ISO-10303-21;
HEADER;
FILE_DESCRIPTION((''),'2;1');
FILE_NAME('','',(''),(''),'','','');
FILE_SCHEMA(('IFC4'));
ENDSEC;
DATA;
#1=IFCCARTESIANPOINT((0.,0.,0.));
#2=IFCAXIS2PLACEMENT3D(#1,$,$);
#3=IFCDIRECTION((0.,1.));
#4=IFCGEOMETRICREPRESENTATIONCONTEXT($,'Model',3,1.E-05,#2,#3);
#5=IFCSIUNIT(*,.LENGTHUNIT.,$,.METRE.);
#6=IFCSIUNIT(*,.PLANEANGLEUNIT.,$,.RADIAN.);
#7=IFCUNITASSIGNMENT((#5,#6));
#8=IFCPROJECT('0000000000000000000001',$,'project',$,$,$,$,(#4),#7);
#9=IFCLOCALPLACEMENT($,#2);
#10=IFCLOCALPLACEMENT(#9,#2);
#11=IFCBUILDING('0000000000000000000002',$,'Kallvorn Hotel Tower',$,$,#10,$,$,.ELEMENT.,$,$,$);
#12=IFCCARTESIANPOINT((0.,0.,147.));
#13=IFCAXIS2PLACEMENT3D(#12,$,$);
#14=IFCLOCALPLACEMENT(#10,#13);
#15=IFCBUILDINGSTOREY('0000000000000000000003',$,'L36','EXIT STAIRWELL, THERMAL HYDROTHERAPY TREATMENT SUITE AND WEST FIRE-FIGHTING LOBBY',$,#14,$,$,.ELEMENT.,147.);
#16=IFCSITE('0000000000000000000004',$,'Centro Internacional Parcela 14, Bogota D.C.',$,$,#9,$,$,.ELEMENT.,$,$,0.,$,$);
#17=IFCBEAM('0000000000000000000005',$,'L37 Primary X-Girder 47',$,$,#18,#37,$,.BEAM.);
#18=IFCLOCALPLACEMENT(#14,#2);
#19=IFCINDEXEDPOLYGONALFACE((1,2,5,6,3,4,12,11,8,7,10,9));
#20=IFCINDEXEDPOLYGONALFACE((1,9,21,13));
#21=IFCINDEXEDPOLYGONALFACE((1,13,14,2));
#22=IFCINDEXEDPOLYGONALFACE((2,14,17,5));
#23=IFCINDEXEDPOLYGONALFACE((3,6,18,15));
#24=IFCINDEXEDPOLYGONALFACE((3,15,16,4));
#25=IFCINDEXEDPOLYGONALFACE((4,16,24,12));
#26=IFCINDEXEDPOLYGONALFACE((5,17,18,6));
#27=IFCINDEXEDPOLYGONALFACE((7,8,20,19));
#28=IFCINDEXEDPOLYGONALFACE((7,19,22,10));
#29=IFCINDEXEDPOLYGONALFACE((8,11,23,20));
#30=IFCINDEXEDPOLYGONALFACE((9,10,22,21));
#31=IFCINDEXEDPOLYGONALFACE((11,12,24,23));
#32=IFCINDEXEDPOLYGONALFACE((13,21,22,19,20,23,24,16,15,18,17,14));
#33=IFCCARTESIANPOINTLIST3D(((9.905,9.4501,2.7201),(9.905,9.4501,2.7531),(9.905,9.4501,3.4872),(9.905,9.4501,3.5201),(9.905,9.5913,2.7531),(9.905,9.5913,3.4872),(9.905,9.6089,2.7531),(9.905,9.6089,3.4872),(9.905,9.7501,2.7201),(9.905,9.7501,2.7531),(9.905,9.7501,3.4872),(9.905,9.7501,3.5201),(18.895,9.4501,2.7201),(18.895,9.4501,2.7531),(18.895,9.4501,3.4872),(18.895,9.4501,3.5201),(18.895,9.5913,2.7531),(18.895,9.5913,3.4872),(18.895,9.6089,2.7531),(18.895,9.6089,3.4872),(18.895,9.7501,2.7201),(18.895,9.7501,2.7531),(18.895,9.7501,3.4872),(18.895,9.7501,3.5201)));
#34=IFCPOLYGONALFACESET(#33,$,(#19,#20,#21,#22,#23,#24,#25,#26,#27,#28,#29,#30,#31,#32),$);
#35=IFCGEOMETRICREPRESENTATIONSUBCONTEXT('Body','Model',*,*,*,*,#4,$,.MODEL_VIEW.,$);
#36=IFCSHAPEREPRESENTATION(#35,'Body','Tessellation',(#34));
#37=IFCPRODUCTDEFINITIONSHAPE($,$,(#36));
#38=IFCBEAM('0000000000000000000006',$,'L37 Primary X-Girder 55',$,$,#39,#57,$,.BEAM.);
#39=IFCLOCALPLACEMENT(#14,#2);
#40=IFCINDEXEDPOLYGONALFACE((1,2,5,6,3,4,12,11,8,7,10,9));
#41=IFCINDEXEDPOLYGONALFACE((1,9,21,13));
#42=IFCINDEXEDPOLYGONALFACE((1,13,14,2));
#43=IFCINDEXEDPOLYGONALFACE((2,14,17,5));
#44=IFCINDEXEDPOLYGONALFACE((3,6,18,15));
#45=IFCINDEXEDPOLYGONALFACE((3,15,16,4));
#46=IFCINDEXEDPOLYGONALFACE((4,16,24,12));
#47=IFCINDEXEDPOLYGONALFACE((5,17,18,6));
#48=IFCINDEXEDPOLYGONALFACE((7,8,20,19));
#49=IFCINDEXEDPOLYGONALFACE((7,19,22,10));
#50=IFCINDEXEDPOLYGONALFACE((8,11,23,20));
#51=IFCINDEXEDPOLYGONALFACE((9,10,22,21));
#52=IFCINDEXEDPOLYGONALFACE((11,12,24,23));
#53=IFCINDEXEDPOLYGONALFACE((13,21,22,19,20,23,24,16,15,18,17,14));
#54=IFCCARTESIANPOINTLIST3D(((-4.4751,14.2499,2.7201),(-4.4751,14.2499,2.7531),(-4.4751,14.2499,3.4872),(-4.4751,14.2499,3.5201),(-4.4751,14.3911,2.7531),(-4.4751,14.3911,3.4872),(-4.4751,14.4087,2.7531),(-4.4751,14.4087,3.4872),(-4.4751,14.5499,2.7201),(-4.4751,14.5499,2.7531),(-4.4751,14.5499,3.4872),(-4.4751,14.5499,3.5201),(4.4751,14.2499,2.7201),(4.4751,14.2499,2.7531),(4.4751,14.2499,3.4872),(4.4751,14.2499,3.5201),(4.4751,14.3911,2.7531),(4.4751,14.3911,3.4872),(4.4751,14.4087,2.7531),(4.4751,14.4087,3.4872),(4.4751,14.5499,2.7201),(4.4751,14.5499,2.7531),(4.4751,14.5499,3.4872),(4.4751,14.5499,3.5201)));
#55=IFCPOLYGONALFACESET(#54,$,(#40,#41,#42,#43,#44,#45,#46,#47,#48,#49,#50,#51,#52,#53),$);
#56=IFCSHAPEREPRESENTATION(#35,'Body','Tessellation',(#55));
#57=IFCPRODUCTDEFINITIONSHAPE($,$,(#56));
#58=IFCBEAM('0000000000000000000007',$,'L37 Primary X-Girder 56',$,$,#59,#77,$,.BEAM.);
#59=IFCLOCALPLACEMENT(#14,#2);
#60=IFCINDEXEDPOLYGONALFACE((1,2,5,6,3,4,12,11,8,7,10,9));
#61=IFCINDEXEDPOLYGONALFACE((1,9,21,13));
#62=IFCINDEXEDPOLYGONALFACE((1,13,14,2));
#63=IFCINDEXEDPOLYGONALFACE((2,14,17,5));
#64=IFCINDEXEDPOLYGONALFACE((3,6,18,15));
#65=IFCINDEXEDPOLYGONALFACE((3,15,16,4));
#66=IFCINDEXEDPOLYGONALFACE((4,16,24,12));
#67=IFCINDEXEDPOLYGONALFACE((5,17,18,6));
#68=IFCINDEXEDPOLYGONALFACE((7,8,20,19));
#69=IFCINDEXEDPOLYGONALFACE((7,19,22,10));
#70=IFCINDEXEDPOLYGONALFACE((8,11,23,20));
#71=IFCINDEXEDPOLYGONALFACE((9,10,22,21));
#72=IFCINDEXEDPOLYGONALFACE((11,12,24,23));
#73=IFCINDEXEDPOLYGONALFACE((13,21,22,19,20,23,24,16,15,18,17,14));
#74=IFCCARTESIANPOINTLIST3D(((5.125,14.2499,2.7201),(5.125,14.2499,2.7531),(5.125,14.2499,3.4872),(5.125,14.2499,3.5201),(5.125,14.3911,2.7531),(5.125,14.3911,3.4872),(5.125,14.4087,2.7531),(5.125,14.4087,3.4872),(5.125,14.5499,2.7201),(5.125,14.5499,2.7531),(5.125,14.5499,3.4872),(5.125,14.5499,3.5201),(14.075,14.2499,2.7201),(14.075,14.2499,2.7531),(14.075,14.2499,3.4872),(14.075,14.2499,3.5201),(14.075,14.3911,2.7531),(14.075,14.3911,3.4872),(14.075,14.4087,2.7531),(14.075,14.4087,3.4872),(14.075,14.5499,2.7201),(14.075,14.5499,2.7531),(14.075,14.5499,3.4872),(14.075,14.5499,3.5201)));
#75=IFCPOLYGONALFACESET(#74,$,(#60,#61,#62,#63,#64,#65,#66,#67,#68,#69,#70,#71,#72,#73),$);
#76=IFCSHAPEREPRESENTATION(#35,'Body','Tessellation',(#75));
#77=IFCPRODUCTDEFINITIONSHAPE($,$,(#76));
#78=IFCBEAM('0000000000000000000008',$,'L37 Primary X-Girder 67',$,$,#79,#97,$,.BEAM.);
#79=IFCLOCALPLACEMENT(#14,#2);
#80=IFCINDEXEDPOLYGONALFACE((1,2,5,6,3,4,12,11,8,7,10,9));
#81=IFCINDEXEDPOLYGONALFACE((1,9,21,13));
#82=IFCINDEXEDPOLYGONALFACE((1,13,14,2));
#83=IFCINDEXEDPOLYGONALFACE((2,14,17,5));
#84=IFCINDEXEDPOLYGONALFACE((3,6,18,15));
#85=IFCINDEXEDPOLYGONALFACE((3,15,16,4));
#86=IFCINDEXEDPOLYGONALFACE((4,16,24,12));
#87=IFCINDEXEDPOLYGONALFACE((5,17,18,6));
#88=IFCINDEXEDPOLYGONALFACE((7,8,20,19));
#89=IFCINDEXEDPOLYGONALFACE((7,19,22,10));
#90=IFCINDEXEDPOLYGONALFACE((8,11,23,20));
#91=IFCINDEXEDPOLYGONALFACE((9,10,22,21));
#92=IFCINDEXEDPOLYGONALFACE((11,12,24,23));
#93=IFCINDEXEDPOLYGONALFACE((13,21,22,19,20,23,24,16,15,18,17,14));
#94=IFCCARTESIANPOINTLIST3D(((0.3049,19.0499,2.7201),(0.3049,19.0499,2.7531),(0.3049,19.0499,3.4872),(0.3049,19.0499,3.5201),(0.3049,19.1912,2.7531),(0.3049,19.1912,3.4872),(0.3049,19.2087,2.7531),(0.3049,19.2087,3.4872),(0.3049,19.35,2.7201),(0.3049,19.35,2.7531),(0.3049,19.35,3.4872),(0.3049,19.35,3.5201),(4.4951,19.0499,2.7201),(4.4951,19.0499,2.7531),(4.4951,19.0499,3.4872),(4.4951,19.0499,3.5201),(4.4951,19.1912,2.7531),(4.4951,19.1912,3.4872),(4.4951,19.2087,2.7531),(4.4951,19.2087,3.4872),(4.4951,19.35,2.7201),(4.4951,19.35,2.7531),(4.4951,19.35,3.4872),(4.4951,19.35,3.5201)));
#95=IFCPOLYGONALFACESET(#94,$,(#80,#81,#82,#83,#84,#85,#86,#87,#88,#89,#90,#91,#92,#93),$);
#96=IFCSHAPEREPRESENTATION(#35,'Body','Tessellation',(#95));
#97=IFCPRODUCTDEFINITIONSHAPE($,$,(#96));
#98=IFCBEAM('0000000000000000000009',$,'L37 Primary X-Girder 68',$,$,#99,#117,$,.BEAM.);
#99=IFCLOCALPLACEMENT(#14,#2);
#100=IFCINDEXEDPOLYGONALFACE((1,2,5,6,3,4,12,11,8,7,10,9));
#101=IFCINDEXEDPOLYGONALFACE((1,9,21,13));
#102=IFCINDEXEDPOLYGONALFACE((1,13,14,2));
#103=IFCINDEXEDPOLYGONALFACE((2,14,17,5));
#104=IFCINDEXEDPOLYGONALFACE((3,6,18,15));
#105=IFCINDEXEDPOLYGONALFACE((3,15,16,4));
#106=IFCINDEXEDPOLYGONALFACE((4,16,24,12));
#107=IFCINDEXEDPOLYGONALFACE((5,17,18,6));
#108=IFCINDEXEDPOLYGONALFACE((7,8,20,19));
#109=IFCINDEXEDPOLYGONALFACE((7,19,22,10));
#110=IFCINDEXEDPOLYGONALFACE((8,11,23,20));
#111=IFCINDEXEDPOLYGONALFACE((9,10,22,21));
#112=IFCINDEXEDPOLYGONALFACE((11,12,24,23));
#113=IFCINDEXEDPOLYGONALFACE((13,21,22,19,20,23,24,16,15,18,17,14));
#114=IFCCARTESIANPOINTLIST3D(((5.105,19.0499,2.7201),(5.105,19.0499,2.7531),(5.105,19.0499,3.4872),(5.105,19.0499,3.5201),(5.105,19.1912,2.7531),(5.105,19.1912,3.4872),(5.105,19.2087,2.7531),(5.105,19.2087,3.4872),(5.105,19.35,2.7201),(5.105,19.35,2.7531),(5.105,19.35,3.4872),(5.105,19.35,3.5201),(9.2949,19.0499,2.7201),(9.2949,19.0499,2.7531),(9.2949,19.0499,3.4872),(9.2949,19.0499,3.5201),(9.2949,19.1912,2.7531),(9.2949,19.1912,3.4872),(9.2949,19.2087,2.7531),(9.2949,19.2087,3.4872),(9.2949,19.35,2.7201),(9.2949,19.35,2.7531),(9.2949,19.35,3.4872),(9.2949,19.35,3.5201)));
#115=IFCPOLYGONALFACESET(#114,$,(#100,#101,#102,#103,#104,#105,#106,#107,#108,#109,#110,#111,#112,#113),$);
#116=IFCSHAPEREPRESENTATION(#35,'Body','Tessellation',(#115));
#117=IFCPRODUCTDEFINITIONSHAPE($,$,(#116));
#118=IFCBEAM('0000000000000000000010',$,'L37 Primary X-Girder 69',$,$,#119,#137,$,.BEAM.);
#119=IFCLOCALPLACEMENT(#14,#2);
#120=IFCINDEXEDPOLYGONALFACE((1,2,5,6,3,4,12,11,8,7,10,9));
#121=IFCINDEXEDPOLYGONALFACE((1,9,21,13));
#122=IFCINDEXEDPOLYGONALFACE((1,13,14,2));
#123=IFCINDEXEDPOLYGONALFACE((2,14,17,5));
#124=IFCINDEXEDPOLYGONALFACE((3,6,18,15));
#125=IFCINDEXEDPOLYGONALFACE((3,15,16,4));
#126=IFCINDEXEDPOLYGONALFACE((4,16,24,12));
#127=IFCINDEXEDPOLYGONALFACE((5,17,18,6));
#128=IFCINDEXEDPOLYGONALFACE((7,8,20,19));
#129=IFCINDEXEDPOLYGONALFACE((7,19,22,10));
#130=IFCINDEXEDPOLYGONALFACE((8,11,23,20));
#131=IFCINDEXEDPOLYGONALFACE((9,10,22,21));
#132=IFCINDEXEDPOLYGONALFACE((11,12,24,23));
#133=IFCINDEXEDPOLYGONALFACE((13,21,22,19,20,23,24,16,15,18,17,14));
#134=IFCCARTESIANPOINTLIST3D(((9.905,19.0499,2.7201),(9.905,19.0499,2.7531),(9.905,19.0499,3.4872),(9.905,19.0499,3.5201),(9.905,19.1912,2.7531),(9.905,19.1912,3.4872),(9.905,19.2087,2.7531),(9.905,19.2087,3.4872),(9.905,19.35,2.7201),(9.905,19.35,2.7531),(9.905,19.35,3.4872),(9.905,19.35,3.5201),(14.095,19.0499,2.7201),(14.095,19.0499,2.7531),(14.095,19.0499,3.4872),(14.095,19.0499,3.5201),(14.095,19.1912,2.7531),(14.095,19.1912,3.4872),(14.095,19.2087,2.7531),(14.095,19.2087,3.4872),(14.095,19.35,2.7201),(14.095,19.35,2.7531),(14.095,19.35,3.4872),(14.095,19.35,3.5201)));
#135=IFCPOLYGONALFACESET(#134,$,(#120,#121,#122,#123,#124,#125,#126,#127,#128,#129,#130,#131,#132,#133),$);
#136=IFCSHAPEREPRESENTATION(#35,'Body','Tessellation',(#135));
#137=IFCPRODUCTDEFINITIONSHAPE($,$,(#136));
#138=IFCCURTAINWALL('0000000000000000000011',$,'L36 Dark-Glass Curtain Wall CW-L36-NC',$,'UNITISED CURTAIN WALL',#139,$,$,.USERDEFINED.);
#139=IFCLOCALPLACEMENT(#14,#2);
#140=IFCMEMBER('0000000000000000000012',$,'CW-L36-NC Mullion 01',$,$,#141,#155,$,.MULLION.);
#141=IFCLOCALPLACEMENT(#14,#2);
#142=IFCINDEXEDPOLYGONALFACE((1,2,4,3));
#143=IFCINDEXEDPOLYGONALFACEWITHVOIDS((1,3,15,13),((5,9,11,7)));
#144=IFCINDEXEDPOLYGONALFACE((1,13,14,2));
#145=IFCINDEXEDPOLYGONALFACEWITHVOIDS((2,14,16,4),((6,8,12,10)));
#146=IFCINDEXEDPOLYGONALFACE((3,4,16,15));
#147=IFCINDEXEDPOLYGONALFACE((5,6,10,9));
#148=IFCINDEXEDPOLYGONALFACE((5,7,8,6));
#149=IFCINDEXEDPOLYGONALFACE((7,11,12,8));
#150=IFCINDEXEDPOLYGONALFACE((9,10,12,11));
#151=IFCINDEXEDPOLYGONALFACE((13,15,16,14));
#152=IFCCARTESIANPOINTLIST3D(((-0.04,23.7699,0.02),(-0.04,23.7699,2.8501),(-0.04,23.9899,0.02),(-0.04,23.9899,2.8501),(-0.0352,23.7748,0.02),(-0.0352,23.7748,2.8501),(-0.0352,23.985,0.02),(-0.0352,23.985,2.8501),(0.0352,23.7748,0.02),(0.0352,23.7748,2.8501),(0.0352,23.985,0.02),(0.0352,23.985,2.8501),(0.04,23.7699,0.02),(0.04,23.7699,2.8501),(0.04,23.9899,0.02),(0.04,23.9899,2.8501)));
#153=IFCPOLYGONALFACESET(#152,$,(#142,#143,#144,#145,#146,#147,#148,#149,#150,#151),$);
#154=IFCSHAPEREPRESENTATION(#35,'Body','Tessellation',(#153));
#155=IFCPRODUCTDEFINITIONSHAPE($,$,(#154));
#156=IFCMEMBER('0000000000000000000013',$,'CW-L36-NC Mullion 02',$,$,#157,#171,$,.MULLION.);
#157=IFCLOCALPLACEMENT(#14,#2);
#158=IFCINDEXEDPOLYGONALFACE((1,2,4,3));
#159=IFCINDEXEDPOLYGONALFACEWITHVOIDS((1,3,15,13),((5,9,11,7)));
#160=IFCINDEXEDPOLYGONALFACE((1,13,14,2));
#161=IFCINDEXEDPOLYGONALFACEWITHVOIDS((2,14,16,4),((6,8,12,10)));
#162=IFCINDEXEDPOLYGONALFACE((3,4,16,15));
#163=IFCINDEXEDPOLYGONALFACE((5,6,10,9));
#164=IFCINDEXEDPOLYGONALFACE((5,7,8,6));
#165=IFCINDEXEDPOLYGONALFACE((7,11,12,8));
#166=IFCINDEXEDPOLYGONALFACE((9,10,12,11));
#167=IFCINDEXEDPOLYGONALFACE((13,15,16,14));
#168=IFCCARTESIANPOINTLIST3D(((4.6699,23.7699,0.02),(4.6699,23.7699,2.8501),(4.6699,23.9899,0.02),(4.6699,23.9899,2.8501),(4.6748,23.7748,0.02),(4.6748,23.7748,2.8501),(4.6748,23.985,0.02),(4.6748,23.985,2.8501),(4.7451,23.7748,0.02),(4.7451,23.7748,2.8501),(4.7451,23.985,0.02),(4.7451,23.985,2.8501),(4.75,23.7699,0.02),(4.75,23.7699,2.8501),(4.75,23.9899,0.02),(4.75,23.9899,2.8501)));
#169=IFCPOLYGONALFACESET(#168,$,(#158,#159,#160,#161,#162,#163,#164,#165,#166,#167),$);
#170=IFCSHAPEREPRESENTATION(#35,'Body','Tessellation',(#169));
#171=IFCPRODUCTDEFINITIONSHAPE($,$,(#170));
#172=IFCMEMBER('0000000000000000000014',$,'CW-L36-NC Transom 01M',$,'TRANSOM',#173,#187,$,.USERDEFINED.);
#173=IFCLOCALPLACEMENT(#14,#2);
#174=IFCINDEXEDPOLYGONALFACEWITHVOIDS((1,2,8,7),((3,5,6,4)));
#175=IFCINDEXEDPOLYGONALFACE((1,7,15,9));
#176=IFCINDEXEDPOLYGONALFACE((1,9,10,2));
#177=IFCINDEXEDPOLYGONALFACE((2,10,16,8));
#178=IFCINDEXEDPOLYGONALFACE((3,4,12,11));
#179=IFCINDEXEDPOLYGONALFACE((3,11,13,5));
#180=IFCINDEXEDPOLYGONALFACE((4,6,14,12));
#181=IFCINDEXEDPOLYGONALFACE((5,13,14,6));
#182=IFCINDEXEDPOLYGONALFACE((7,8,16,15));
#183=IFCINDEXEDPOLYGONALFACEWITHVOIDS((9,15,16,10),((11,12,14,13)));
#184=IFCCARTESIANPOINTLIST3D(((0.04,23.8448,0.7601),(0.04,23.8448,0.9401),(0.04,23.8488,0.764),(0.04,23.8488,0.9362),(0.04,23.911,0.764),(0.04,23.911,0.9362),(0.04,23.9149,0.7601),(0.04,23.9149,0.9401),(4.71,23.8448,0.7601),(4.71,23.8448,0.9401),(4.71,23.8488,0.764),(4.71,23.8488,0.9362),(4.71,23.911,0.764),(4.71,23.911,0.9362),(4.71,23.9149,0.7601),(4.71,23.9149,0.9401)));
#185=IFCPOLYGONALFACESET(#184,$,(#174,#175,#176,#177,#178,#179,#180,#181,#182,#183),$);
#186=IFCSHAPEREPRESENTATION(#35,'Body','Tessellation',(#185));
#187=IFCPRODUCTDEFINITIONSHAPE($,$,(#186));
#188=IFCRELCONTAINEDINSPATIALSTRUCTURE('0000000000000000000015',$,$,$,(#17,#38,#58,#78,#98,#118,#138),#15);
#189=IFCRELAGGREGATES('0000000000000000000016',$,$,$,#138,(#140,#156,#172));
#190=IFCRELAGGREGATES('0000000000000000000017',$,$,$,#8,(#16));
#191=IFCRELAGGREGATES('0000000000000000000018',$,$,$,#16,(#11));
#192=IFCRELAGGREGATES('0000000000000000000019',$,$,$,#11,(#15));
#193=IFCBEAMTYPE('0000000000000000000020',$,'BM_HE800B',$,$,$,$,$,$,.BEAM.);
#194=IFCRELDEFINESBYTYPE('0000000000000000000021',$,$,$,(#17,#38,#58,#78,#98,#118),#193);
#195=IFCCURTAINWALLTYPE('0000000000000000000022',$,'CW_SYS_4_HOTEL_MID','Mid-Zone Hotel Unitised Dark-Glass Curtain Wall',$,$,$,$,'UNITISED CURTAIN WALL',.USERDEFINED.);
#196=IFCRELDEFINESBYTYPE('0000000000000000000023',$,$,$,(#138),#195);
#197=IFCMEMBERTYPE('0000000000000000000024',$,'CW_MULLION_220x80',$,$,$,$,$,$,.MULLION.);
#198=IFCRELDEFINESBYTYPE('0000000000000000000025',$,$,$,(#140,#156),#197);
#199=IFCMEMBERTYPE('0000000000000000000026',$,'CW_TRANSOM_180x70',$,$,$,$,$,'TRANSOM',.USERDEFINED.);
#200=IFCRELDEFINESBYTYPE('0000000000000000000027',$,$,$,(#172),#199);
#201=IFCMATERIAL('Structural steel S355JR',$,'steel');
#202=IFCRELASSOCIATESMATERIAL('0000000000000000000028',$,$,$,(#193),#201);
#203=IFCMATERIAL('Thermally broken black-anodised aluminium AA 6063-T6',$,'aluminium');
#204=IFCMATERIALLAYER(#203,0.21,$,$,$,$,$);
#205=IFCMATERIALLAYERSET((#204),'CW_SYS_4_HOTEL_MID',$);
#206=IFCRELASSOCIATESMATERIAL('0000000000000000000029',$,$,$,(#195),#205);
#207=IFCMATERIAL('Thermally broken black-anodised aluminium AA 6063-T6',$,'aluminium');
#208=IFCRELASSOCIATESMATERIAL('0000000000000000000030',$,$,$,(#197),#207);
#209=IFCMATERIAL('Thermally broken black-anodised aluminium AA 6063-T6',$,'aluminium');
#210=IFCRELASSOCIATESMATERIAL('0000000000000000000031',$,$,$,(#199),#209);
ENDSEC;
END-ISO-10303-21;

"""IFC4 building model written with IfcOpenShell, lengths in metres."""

from ifc_helpers import new_model, si_unit, direction, frame, origin, origin_2d, place, context, subcontext, project, spatial, hollow_rectangle, i_section, extrude, material, layer, layer_set, material_profile, profile_set, type_object, element, aggregate, save


model = new_model("IFC4")

# Units and contexts
model_context = context("Model", 3, precision=1e-05, world=origin(), true_north=direction((0.0, 1.0)))
body_context = subcontext(model_context, "Body", "Model", "MODEL_VIEW")
ifc_project = project(units=[si_unit("LENGTHUNIT", "METRE"), si_unit("PLANEANGLEUNIT", "RADIAN")], contexts=[model_context])

# Site, building, storey
site_placement = place(None, origin())
site = spatial("IfcSite", under=ifc_project, at=site_placement, Name="Centro Internacional Parcela 14, Bogota D.C.", CompositionType="ELEMENT", RefElevation=0.0)
building_placement = place(site_placement, origin())
building = spatial("IfcBuilding", under=site, at=building_placement, Name="Kallvorn Hotel Tower", CompositionType="ELEMENT")
storey_placement = place(building_placement, frame((0.0, 0.0, 147.0)))
storey = spatial("IfcBuildingStorey", under=building, at=storey_placement, Name="L36", Description="EXIT STAIRWELL, THERMAL HYDROTHERAPY TREATMENT SUITE AND WEST FIRE-FIGHTING LOBBY", CompositionType="ELEMENT", Elevation=147.0)

# Beams
ifc_material_1 = material(Name="Structural steel S355JR", Category="steel")
ifc_material_profile_1 = material_profile(ifc_material_1, i_section(OverallWidth=0.3, OverallDepth=0.8, WebThickness=0.0176, FlangeThickness=0.033, at=origin_2d()), Name="HE 800 B")
ifc_profile_set_1 = profile_set([ifc_material_profile_1], Name="Structural steel S355JR")
beam_type_1 = type_object("IfcBeamType", Name="BM_HE800B", PredefinedType="BEAM", material=ifc_profile_set_1)
beam_1_placement = place(storey_placement, frame((9.905, 9.6001, 3.1201), z_axis=(1.0, 0.0, 0.0), x_axis=(0.0, 1.0, 0.0)))
element("IfcBeam", 1, at=beam_1_placement, inside=storey, type_object=beam_type_1, Name="L37 Primary X-Girder 47", PredefinedType="BEAM", context=body_context, shape_type="SweptSolid", body=[
    extrude(i_section(OverallWidth=0.3, OverallDepth=0.8, WebThickness=0.0176, FlangeThickness=0.033, at=origin_2d()), origin(), (0.0, 0.0, 1.0), 8.99),
])
beam_2_placement = place(storey_placement, frame((-4.4751, 14.3999, 3.1201), z_axis=(1.0, 0.0, 0.0), x_axis=(0.0, 1.0, 0.0)))
element("IfcBeam", 2, at=beam_2_placement, inside=storey, type_object=beam_type_1, Name="L37 Primary X-Girder 55", PredefinedType="BEAM", context=body_context, shape_type="SweptSolid", body=[
    extrude(i_section(OverallWidth=0.3, OverallDepth=0.8, WebThickness=0.0176, FlangeThickness=0.033, at=origin_2d()), origin(), (0.0, 0.0, 1.0), 8.9502),
])
beam_3_placement = place(storey_placement, frame((5.125, 14.3999, 3.1201), z_axis=(1.0, 0.0, 0.0), x_axis=(0.0, 1.0, 0.0)))
element("IfcBeam", 3, at=beam_3_placement, inside=storey, type_object=beam_type_1, Name="L37 Primary X-Girder 56", PredefinedType="BEAM", context=body_context, shape_type="SweptSolid", body=[
    extrude(i_section(OverallWidth=0.3, OverallDepth=0.8, WebThickness=0.0176, FlangeThickness=0.033, at=origin_2d()), origin(), (0.0, 0.0, 1.0), 8.95),
])
beam_4_placement = place(storey_placement, frame((0.3049, 19.2, 3.1201), z_axis=(1.0, 0.0, 0.0), x_axis=(0.0, 1.0, 0.0)))
element("IfcBeam", 4, at=beam_4_placement, inside=storey, type_object=beam_type_1, Name="L37 Primary X-Girder 67", PredefinedType="BEAM", context=body_context, shape_type="SweptSolid", body=[
    extrude(i_section(OverallWidth=0.3, OverallDepth=0.8, WebThickness=0.0176, FlangeThickness=0.033, at=origin_2d()), origin(), (0.0, 0.0, 1.0), 4.1902),
])
for number, where, z_axis, x_axis, name in (
    (5, (5.105, 19.2, 3.1201), (1.0, 0.0, 0.0), (0.0, 1.0, 0.0), "L37 Primary X-Girder 68"),
    (6, (9.905, 19.2, 3.1201), (1.0, 0.0, 0.0), (0.0, 1.0, 0.0), "L37 Primary X-Girder 69"),
):
    element("IfcBeam", number, at=place(storey_placement, frame(where, z_axis=z_axis, x_axis=x_axis)), inside=storey, type_object=beam_type_1, Name=name, PredefinedType="BEAM", context=body_context, shape_type="SweptSolid", body=[
        extrude(i_section(OverallWidth=0.3, OverallDepth=0.8, WebThickness=0.0176, FlangeThickness=0.033, at=origin_2d()), origin(), (0.0, 0.0, 1.0), 4.1899),
    ])

# Curtain wall, members
ifc_material_2 = material(Name="Thermally broken black-anodised aluminium AA 6063-T6", Category="aluminium")
ifc_layer_1 = layer(ifc_material_2, 0.21)
ifc_layer_set_1 = layer_set([ifc_layer_1], Name="CW_SYS_4_HOTEL_MID")
curtain_wall_type = type_object("IfcCurtainWallType", Name="CW_SYS_4_HOTEL_MID", Description="Mid-Zone Hotel Unitised Dark-Glass Curtain Wall", ElementType="UNITISED CURTAIN WALL", PredefinedType="USERDEFINED", material=ifc_layer_set_1)
curtain_wall_placement = place(storey_placement, origin())
curtain_wall = element("IfcCurtainWall", 7, at=curtain_wall_placement, inside=storey, type_object=curtain_wall_type, Name="L36 Dark-Glass Curtain Wall CW-L36-NC", ObjectType="UNITISED CURTAIN WALL", PredefinedType="USERDEFINED")
ifc_material_3 = material(Name="Thermally broken black-anodised aluminium AA 6063-T6", Category="aluminium")
ifc_material_profile_2 = material_profile(ifc_material_3, hollow_rectangle(XDim=0.0801, YDim=0.22, WallThickness=0.0049, at=origin_2d()), Name="MUL 220x80")
ifc_profile_set_2 = profile_set([ifc_material_profile_2], Name="Thermally broken black-anodised aluminium AA 6063-T6")
member_type_1 = type_object("IfcMemberType", Name="CW_MULLION_220x80", PredefinedType="MULLION", material=ifc_profile_set_2)
member_1_placement = place(storey_placement, frame((0.0, 23.8799, 0.02), z_axis=(0.0, 0.0, 1.0), x_axis=(1.0, 0.0, 0.0)))
member_1 = element("IfcMember", 8, at=member_1_placement, type_object=member_type_1, Name="CW-L36-NC Mullion 01", PredefinedType="MULLION", context=body_context, shape_type="SweptSolid", body=[
    extrude(hollow_rectangle(XDim=0.0801, YDim=0.22, WallThickness=0.0049, at=origin_2d()), origin(), (0.0, 0.0, 1.0), 2.8301),
])
member_2_placement = place(storey_placement, frame((4.71, 23.8799, 0.02), z_axis=(0.0, 0.0, 1.0), x_axis=(1.0, 0.0, 0.0)))
member_2 = element("IfcMember", 9, at=member_2_placement, type_object=member_type_1, Name="CW-L36-NC Mullion 02", PredefinedType="MULLION", context=body_context, shape_type="SweptSolid", body=[
    extrude(hollow_rectangle(XDim=0.0801, YDim=0.22, WallThickness=0.0049, at=origin_2d()), origin(), (0.0, 0.0, 1.0), 2.8301),
])
ifc_material_4 = material(Name="Thermally broken black-anodised aluminium AA 6063-T6", Category="aluminium")
ifc_material_profile_3 = material_profile(ifc_material_4, hollow_rectangle(XDim=0.0701, YDim=0.1799, WallThickness=0.0039, at=origin_2d()), Name="TRN 180x70")
ifc_profile_set_3 = profile_set([ifc_material_profile_3], Name="Thermally broken black-anodised aluminium AA 6063-T6")
member_type_2 = type_object("IfcMemberType", Name="CW_TRANSOM_180x70", ElementType="TRANSOM", PredefinedType="USERDEFINED", material=ifc_profile_set_3)
member_3_placement = place(storey_placement, frame((0.04, 23.8799, 0.8501), z_axis=(1.0, 0.0, 0.0), x_axis=(0.0, 1.0, 0.0)))
member_3 = element("IfcMember", 10, at=member_3_placement, type_object=member_type_2, Name="CW-L36-NC Transom 01M", ObjectType="TRANSOM", PredefinedType="USERDEFINED", context=body_context, shape_type="SweptSolid", body=[
    extrude(hollow_rectangle(XDim=0.0701, YDim=0.1799, WallThickness=0.0039, at=origin_2d()), origin(), (0.0, 0.0, 1.0), 4.6699),
])
aggregate(curtain_wall, [member_1, member_2, member_3])

save(model, "model.ifc")
